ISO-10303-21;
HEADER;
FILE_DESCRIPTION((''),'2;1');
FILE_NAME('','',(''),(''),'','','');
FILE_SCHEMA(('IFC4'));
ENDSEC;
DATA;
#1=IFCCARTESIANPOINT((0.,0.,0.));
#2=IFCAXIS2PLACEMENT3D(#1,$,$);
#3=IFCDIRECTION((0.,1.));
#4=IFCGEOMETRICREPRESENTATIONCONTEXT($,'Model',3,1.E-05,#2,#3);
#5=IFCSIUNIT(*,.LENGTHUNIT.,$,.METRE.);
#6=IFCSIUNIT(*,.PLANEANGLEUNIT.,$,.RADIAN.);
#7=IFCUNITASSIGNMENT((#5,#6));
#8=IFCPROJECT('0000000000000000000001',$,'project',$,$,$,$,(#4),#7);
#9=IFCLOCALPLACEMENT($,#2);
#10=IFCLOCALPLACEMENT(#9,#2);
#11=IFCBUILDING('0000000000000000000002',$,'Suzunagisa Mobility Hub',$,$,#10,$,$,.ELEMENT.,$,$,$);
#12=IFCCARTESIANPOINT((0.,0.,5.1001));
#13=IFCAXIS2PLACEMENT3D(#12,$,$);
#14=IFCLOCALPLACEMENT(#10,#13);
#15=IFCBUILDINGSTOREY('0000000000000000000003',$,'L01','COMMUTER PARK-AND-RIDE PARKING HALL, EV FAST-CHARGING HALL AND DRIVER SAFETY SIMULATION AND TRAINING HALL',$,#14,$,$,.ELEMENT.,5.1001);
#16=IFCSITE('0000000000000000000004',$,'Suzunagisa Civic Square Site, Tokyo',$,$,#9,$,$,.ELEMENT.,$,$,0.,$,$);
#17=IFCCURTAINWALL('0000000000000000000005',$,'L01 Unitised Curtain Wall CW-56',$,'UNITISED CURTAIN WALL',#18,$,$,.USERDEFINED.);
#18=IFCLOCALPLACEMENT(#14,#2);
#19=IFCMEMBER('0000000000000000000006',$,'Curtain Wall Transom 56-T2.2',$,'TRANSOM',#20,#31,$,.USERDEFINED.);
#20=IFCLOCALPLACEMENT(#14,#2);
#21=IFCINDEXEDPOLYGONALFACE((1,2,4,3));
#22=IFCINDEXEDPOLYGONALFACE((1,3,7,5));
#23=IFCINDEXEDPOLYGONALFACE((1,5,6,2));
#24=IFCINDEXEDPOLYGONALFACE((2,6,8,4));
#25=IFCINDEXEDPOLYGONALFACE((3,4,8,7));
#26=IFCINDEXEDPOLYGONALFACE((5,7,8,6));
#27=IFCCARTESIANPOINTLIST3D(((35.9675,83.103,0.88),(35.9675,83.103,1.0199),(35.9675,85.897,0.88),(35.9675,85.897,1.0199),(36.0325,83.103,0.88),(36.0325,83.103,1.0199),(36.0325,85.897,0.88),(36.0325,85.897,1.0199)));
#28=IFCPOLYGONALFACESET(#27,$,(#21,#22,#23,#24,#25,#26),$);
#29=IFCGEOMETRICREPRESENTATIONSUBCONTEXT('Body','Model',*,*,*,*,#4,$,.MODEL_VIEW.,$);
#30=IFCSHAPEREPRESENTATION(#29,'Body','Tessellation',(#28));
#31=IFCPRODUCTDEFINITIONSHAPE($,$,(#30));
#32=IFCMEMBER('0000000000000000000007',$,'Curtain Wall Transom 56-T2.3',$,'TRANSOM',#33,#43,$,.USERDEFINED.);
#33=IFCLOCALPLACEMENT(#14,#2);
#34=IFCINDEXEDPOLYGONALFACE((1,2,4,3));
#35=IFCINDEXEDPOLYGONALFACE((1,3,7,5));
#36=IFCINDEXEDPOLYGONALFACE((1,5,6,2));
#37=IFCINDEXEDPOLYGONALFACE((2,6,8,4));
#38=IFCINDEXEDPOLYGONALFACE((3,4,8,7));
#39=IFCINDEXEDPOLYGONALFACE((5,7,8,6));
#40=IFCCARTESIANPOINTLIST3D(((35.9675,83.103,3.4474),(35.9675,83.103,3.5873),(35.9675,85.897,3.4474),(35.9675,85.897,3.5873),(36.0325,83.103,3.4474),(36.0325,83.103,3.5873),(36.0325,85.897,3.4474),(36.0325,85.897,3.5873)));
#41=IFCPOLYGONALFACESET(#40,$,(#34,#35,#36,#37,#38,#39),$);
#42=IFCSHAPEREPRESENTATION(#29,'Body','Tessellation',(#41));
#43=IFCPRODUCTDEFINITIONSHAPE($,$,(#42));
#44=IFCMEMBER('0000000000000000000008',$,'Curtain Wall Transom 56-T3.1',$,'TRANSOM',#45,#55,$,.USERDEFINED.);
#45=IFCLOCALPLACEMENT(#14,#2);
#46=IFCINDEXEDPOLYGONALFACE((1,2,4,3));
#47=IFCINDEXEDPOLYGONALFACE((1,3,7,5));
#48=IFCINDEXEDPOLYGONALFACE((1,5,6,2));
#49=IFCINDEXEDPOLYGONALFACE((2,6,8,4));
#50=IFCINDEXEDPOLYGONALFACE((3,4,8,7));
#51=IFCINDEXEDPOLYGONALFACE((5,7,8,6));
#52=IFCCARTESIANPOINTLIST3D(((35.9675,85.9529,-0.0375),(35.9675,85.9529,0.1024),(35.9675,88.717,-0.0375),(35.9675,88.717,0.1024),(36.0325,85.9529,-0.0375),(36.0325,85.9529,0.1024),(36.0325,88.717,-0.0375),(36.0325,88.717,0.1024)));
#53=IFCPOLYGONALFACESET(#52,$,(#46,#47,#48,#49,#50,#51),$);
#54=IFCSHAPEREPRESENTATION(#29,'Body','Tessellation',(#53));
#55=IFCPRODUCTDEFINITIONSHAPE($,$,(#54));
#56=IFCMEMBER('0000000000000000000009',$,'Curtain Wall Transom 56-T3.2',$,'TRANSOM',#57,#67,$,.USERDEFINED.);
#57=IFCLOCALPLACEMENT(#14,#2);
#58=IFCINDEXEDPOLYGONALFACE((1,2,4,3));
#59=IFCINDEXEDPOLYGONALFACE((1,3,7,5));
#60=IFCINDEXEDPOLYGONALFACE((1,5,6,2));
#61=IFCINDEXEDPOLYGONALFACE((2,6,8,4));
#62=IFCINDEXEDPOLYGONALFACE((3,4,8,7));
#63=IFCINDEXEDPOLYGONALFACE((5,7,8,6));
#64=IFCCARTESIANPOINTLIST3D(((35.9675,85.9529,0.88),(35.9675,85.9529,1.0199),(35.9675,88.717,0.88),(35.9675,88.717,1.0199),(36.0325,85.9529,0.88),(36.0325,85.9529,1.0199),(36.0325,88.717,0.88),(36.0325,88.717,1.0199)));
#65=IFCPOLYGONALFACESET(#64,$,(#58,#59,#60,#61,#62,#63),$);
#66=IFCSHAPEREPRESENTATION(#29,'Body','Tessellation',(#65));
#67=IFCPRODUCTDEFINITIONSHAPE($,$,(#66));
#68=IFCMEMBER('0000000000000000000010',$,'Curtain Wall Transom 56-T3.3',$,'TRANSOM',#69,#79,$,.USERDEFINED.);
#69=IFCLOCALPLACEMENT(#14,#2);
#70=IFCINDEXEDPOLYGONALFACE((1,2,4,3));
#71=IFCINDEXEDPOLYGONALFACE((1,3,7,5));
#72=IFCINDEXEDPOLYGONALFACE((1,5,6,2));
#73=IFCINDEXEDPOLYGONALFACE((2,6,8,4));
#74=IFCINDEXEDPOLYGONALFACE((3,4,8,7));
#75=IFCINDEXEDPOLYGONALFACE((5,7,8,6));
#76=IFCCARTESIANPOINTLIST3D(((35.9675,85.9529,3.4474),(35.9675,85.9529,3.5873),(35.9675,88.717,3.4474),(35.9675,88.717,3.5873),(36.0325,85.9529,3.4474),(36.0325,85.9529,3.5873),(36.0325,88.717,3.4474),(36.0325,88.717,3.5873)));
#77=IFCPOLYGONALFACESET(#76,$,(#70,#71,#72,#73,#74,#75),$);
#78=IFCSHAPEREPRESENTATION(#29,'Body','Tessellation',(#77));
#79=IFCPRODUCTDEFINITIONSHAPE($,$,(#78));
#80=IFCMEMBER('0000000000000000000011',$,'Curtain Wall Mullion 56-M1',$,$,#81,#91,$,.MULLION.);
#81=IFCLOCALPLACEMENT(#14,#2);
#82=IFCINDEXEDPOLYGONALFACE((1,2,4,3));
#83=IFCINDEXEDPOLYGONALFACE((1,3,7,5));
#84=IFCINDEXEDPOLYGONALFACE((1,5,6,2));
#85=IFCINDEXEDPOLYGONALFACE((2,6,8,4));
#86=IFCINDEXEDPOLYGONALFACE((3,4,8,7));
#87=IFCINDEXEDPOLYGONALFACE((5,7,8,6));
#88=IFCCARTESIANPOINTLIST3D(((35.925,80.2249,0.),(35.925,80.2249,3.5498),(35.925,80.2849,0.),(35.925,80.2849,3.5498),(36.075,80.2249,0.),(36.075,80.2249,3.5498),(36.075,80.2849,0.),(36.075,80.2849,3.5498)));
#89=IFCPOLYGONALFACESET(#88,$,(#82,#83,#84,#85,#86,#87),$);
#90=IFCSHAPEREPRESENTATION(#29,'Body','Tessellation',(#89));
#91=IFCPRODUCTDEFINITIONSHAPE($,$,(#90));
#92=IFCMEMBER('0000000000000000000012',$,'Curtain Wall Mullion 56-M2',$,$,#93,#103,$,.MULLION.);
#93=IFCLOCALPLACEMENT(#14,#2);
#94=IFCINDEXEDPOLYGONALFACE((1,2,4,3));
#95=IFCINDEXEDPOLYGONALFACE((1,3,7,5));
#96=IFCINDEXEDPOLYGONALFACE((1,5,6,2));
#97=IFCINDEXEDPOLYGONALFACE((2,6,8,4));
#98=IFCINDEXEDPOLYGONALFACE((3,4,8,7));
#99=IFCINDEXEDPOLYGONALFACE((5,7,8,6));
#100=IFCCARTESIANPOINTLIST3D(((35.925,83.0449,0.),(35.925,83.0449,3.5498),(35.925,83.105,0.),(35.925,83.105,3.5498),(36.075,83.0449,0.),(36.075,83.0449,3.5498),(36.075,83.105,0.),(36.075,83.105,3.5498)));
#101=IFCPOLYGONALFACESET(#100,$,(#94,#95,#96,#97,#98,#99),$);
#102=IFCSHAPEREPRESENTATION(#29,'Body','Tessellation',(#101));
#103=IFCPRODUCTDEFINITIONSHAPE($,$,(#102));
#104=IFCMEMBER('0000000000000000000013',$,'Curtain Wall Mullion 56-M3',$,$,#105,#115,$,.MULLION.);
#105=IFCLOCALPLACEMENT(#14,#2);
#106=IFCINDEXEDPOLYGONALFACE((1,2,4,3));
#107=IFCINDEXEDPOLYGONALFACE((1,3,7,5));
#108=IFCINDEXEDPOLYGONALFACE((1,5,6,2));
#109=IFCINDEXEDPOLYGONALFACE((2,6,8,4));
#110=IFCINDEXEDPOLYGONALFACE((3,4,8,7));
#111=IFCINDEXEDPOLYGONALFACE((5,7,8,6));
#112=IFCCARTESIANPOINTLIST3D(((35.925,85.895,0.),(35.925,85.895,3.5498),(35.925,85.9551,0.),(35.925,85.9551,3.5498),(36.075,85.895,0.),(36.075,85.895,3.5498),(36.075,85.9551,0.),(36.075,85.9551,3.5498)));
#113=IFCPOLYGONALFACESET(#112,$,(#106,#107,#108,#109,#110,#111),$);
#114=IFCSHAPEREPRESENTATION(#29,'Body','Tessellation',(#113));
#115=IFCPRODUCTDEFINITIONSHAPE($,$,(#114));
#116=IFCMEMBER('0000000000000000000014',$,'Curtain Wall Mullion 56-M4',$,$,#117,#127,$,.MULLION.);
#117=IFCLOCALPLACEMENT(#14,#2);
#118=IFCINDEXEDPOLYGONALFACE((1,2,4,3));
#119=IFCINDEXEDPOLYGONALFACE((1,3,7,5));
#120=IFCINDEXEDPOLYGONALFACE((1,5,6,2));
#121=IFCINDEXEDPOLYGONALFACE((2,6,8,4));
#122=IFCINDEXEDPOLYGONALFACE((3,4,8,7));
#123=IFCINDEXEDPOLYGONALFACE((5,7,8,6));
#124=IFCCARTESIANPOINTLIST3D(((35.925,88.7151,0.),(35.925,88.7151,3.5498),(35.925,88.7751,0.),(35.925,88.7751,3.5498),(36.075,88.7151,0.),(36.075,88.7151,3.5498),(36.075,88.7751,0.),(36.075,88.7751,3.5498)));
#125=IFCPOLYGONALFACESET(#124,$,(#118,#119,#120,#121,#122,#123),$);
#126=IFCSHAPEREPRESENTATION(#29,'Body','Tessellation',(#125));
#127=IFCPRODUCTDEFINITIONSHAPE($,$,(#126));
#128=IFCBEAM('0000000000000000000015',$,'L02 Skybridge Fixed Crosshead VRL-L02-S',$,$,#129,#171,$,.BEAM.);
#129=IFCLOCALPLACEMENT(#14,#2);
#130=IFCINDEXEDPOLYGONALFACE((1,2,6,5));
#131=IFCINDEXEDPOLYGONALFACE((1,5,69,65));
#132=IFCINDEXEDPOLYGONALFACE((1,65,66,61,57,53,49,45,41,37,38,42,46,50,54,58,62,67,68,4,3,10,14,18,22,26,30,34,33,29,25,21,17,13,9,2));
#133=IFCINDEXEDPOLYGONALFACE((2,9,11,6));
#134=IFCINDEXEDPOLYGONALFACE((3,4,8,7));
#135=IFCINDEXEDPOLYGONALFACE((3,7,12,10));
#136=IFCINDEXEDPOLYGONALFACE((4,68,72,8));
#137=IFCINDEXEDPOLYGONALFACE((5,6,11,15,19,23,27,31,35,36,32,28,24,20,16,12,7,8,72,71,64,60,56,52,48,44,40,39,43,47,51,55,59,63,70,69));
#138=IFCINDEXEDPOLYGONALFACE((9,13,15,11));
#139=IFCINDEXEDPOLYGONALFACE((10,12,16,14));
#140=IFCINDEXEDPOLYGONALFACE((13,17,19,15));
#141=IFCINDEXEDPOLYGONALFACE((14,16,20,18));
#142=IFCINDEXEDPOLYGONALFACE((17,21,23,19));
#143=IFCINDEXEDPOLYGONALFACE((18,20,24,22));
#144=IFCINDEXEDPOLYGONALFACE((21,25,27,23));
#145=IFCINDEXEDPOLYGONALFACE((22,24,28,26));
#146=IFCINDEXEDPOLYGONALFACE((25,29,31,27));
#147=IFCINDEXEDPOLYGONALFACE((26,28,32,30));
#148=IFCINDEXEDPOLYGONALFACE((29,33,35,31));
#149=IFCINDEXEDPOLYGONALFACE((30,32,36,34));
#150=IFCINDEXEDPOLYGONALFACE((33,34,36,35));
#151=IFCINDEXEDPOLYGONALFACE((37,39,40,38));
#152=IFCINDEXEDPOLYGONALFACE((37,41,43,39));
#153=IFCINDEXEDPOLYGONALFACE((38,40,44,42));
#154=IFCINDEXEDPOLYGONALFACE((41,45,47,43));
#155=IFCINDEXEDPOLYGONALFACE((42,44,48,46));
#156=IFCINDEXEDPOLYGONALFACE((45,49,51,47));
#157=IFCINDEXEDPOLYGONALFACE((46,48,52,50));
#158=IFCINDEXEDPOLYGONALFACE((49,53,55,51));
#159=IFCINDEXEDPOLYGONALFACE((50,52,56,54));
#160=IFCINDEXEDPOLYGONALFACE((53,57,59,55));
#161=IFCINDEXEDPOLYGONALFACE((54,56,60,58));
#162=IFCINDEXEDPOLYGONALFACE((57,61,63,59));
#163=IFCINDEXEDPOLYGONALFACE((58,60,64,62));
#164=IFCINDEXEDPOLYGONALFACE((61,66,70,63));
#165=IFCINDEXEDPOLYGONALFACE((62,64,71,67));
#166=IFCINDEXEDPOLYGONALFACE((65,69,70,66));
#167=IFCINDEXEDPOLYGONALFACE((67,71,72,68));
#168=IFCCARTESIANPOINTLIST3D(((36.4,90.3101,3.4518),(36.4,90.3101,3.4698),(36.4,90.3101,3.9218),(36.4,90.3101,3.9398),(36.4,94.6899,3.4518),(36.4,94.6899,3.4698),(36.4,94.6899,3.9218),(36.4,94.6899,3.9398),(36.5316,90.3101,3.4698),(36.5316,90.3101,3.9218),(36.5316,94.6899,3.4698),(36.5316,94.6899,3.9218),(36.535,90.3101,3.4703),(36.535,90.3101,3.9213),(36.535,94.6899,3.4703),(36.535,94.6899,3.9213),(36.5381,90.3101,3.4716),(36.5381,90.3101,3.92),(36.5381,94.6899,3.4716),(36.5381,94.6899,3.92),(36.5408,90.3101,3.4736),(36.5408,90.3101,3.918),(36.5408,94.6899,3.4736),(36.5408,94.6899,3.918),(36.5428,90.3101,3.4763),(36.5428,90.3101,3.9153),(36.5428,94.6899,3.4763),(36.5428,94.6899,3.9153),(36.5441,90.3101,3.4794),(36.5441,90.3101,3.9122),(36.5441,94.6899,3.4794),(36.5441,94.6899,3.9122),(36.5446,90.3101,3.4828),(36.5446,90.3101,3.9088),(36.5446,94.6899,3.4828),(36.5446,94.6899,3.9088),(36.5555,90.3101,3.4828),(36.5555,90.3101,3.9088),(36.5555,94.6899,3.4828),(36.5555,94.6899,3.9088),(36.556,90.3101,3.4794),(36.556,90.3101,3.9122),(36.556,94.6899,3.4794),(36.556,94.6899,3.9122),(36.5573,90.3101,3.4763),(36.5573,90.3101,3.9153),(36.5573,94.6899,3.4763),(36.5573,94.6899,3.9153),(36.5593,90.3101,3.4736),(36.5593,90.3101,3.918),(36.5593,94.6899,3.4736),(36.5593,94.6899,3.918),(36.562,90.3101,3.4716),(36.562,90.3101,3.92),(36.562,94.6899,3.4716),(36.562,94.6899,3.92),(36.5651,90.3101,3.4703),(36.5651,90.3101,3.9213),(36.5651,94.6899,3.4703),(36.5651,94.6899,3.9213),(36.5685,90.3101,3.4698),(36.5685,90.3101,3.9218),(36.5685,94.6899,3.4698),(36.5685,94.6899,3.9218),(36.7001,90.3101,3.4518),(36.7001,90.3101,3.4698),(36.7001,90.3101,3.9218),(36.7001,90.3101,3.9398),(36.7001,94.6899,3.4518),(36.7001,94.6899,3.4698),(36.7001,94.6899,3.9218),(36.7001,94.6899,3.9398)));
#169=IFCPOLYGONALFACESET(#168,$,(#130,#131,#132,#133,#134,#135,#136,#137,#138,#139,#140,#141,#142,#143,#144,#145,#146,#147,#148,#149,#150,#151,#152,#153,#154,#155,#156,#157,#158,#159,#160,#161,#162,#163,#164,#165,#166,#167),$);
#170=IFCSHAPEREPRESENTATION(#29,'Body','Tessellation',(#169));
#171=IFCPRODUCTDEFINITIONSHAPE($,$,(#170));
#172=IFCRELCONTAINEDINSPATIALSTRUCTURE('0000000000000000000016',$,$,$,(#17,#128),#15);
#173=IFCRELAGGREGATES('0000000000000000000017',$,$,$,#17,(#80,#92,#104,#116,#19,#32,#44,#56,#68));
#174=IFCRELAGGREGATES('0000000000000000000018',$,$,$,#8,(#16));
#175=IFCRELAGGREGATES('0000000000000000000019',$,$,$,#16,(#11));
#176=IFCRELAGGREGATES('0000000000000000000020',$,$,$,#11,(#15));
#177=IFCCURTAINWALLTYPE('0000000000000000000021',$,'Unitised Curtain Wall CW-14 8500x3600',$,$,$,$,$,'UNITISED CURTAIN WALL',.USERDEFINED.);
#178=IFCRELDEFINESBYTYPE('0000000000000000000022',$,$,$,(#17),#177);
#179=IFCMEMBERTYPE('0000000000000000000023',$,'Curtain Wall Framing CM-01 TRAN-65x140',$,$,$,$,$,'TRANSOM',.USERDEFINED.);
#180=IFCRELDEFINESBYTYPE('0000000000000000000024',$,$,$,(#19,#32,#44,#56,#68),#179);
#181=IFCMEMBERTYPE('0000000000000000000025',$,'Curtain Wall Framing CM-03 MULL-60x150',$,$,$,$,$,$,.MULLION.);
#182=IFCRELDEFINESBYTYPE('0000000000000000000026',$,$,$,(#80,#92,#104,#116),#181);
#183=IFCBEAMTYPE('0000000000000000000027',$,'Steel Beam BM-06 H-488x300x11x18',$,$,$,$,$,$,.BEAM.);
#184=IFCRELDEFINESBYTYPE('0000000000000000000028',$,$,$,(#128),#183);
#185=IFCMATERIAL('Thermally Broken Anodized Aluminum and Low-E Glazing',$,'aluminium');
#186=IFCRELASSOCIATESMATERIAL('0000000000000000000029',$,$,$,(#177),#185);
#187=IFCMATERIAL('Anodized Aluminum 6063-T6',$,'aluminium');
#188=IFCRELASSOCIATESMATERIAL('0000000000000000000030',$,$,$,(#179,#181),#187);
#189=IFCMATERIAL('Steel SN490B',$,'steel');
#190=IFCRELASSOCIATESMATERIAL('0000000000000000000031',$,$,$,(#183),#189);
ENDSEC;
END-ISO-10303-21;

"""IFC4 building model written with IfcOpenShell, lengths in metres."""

from ifc_helpers import new_model, si_unit, direction, frame, origin, origin_2d, place, context, subcontext, project, spatial, rectangle, i_section, extrude, material, material_profile, profile_set, type_object, element, aggregate, save


model = new_model("IFC4")

# Units and contexts
model_context = context("Model", 3, precision=1e-05, world=origin(), true_north=direction((0.0, 1.0)))
body_context = subcontext(model_context, "Body", "Model", "MODEL_VIEW")
ifc_project = project(units=[si_unit("LENGTHUNIT", "METRE"), si_unit("PLANEANGLEUNIT", "RADIAN")], contexts=[model_context])

# Site, building, storey
site_placement = place(None, origin())
site = spatial("IfcSite", under=ifc_project, at=site_placement, Name="Suzunagisa Civic Square Site, Tokyo", CompositionType="ELEMENT", RefElevation=0.0)
building_placement = place(site_placement, origin())
building = spatial("IfcBuilding", under=site, at=building_placement, Name="Suzunagisa Mobility Hub", CompositionType="ELEMENT")
storey_placement = place(building_placement, frame((0.0, 0.0, 5.1001)))
storey = spatial("IfcBuildingStorey", under=building, at=storey_placement, Name="L01", Description="COMMUTER PARK-AND-RIDE PARKING HALL, EV FAST-CHARGING HALL AND DRIVER SAFETY SIMULATION AND TRAINING HALL", CompositionType="ELEMENT", Elevation=5.1001)

# Shared definitions
ifc_material_1 = material(Name="Steel SN490B", Category="steel")

# Curtain wall, members
ifc_material_2 = material(Name="Thermally Broken Anodized Aluminum and Low-E Glazing", Category="aluminium")
curtain_wall_type = type_object("IfcCurtainWallType", Name="Unitised Curtain Wall CW-14 8500x3600", ElementType="UNITISED CURTAIN WALL", PredefinedType="USERDEFINED", material=ifc_material_2)
curtain_wall_placement = place(storey_placement, origin())
curtain_wall = element("IfcCurtainWall", 1, at=curtain_wall_placement, inside=storey, type_object=curtain_wall_type, Name="L01 Unitised Curtain Wall CW-56", ObjectType="UNITISED CURTAIN WALL", PredefinedType="USERDEFINED")
ifc_material_3 = material(Name="Anodized Aluminum 6063-T6", Category="aluminium")
ifc_material_profile_1 = material_profile(ifc_material_3, rectangle(XDim=0.0649, YDim=0.1399, at=origin_2d()), Name="TRAN-65x140")
ifc_profile_set_1 = profile_set([ifc_material_profile_1], Name="Anodized Aluminum 6063-T6")
member_type_1 = type_object("IfcMemberType", Name="Curtain Wall Framing CM-01 TRAN-65x140", ElementType="TRANSOM", PredefinedType="USERDEFINED", material=ifc_profile_set_1)
member_1_placement = place(storey_placement, frame((36.0, 83.103, 0.95), z_axis=(0.0, 1.0, 0.0), x_axis=(-1.0, 0.0, 0.0)))
member_1 = element("IfcMember", 2, at=member_1_placement, type_object=member_type_1, Name="Curtain Wall Transom 56-T2.2", ObjectType="TRANSOM", PredefinedType="USERDEFINED", context=body_context, shape_type="SweptSolid", body=[
    extrude(rectangle(XDim=0.0649, YDim=0.1399, at=origin_2d()), origin(), (0.0, 0.0, 1.0), 2.7939),
])
member_2_placement = place(storey_placement, frame((36.0, 83.103, 3.5173), z_axis=(0.0, 1.0, 0.0), x_axis=(-1.0, 0.0, 0.0)))
member_2 = element("IfcMember", 3, at=member_2_placement, type_object=member_type_1, Name="Curtain Wall Transom 56-T2.3", ObjectType="TRANSOM", PredefinedType="USERDEFINED", context=body_context, shape_type="SweptSolid", body=[
    extrude(rectangle(XDim=0.0649, YDim=0.1399, at=origin_2d()), origin(), (0.0, 0.0, 1.0), 2.7939),
])
member_3_placement = place(storey_placement, frame((36.0, 85.9529, 0.0325), z_axis=(0.0, 1.0, 0.0), x_axis=(-1.0, 0.0, 0.0)))
member_3 = element("IfcMember", 4, at=member_3_placement, type_object=member_type_1, Name="Curtain Wall Transom 56-T3.1", ObjectType="TRANSOM", PredefinedType="USERDEFINED", context=body_context, shape_type="SweptSolid", body=[
    extrude(rectangle(XDim=0.0649, YDim=0.1399, at=origin_2d()), origin(), (0.0, 0.0, 1.0), 2.7642),
])
member_4_placement = place(storey_placement, frame((36.0, 85.9529, 0.95), z_axis=(0.0, 1.0, 0.0), x_axis=(-1.0, 0.0, 0.0)))
member_4 = element("IfcMember", 5, at=member_4_placement, type_object=member_type_1, Name="Curtain Wall Transom 56-T3.2", ObjectType="TRANSOM", PredefinedType="USERDEFINED", context=body_context, shape_type="SweptSolid", body=[
    extrude(rectangle(XDim=0.0649, YDim=0.1399, at=origin_2d()), origin(), (0.0, 0.0, 1.0), 2.7642),
])
member_5_placement = place(storey_placement, frame((36.0, 85.9529, 3.5173), z_axis=(0.0, 1.0, 0.0), x_axis=(-1.0, 0.0, 0.0)))
member_5 = element("IfcMember", 6, at=member_5_placement, type_object=member_type_1, Name="Curtain Wall Transom 56-T3.3", ObjectType="TRANSOM", PredefinedType="USERDEFINED", context=body_context, shape_type="SweptSolid", body=[
    extrude(rectangle(XDim=0.0649, YDim=0.1399, at=origin_2d()), origin(), (0.0, 0.0, 1.0), 2.7642),
])
ifc_material_profile_2 = material_profile(ifc_material_3, rectangle(XDim=0.0601, YDim=0.1499, at=origin_2d()), Name="MULL-60x150")
ifc_profile_set_2 = profile_set([ifc_material_profile_2], Name="Anodized Aluminum 6063-T6")
member_type_2 = type_object("IfcMemberType", Name="Curtain Wall Framing CM-03 MULL-60x150", PredefinedType="MULLION", material=ifc_profile_set_2)
member_6_placement = place(storey_placement, frame((36.0, 80.2549, 0.0), z_axis=(0.0, 0.0, 1.0), x_axis=(0.0, 1.0, 0.0)))
member_6 = element("IfcMember", 7, at=member_6_placement, type_object=member_type_2, Name="Curtain Wall Mullion 56-M1", PredefinedType="MULLION", context=body_context, shape_type="SweptSolid", body=[
    extrude(rectangle(XDim=0.0601, YDim=0.1499, at=origin_2d()), origin(), (0.0, 0.0, 1.0), 3.5498),
])
member_7_placement = place(storey_placement, frame((36.0, 83.075, 0.0), z_axis=(0.0, 0.0, 1.0), x_axis=(0.0, 1.0, 0.0)))
member_7 = element("IfcMember", 8, at=member_7_placement, type_object=member_type_2, Name="Curtain Wall Mullion 56-M2", PredefinedType="MULLION", context=body_context, shape_type="SweptSolid", body=[
    extrude(rectangle(XDim=0.0601, YDim=0.1499, at=origin_2d()), origin(), (0.0, 0.0, 1.0), 3.5498),
])
member_8_placement = place(storey_placement, frame((36.0, 85.925, 0.0), z_axis=(0.0, 0.0, 1.0), x_axis=(0.0, 1.0, 0.0)))
member_8 = element("IfcMember", 9, at=member_8_placement, type_object=member_type_2, Name="Curtain Wall Mullion 56-M3", PredefinedType="MULLION", context=body_context, shape_type="SweptSolid", body=[
    extrude(rectangle(XDim=0.0601, YDim=0.1499, at=origin_2d()), origin(), (0.0, 0.0, 1.0), 3.5498),
])
member_9_placement = place(storey_placement, frame((36.0, 88.7451, 0.0), z_axis=(0.0, 0.0, 1.0), x_axis=(0.0, 1.0, 0.0)))
member_9 = element("IfcMember", 10, at=member_9_placement, type_object=member_type_2, Name="Curtain Wall Mullion 56-M4", PredefinedType="MULLION", context=body_context, shape_type="SweptSolid", body=[
    extrude(rectangle(XDim=0.0601, YDim=0.1499, at=origin_2d()), origin(), (0.0, 0.0, 1.0), 3.5498),
])

# Beam
ifc_material_profile_3 = material_profile(ifc_material_1, i_section(OverallWidth=0.3, OverallDepth=0.488, WebThickness=0.011, FlangeThickness=0.0181, FilletRadius=0.0129, at=origin_2d()), Name="H-488x300x11x18")
ifc_profile_set_3 = profile_set([ifc_material_profile_3], Name="Steel SN490B")
beam_type_1 = type_object("IfcBeamType", Name="Steel Beam BM-06 H-488x300x11x18", PredefinedType="BEAM", material=ifc_profile_set_3)
beam_1_placement = place(storey_placement, frame((36.55, 90.3101, 3.6958), z_axis=(0.0, 1.0, 0.0), x_axis=(-1.0, 0.0, 0.0)))
element("IfcBeam", 11, at=beam_1_placement, inside=storey, type_object=beam_type_1, Name="L02 Skybridge Fixed Crosshead VRL-L02-S", PredefinedType="BEAM", context=body_context, shape_type="SweptSolid", body=[
    extrude(i_section(OverallWidth=0.3, OverallDepth=0.488, WebThickness=0.011, FlangeThickness=0.0181, FilletRadius=0.0129, at=origin_2d()), origin(), (0.0, 0.0, 1.0), 4.3799),
])

aggregate(curtain_wall, [member_6, member_7, member_8, member_9, member_1, member_2, member_3, member_4, member_5])

save(model, "model.ifc")
